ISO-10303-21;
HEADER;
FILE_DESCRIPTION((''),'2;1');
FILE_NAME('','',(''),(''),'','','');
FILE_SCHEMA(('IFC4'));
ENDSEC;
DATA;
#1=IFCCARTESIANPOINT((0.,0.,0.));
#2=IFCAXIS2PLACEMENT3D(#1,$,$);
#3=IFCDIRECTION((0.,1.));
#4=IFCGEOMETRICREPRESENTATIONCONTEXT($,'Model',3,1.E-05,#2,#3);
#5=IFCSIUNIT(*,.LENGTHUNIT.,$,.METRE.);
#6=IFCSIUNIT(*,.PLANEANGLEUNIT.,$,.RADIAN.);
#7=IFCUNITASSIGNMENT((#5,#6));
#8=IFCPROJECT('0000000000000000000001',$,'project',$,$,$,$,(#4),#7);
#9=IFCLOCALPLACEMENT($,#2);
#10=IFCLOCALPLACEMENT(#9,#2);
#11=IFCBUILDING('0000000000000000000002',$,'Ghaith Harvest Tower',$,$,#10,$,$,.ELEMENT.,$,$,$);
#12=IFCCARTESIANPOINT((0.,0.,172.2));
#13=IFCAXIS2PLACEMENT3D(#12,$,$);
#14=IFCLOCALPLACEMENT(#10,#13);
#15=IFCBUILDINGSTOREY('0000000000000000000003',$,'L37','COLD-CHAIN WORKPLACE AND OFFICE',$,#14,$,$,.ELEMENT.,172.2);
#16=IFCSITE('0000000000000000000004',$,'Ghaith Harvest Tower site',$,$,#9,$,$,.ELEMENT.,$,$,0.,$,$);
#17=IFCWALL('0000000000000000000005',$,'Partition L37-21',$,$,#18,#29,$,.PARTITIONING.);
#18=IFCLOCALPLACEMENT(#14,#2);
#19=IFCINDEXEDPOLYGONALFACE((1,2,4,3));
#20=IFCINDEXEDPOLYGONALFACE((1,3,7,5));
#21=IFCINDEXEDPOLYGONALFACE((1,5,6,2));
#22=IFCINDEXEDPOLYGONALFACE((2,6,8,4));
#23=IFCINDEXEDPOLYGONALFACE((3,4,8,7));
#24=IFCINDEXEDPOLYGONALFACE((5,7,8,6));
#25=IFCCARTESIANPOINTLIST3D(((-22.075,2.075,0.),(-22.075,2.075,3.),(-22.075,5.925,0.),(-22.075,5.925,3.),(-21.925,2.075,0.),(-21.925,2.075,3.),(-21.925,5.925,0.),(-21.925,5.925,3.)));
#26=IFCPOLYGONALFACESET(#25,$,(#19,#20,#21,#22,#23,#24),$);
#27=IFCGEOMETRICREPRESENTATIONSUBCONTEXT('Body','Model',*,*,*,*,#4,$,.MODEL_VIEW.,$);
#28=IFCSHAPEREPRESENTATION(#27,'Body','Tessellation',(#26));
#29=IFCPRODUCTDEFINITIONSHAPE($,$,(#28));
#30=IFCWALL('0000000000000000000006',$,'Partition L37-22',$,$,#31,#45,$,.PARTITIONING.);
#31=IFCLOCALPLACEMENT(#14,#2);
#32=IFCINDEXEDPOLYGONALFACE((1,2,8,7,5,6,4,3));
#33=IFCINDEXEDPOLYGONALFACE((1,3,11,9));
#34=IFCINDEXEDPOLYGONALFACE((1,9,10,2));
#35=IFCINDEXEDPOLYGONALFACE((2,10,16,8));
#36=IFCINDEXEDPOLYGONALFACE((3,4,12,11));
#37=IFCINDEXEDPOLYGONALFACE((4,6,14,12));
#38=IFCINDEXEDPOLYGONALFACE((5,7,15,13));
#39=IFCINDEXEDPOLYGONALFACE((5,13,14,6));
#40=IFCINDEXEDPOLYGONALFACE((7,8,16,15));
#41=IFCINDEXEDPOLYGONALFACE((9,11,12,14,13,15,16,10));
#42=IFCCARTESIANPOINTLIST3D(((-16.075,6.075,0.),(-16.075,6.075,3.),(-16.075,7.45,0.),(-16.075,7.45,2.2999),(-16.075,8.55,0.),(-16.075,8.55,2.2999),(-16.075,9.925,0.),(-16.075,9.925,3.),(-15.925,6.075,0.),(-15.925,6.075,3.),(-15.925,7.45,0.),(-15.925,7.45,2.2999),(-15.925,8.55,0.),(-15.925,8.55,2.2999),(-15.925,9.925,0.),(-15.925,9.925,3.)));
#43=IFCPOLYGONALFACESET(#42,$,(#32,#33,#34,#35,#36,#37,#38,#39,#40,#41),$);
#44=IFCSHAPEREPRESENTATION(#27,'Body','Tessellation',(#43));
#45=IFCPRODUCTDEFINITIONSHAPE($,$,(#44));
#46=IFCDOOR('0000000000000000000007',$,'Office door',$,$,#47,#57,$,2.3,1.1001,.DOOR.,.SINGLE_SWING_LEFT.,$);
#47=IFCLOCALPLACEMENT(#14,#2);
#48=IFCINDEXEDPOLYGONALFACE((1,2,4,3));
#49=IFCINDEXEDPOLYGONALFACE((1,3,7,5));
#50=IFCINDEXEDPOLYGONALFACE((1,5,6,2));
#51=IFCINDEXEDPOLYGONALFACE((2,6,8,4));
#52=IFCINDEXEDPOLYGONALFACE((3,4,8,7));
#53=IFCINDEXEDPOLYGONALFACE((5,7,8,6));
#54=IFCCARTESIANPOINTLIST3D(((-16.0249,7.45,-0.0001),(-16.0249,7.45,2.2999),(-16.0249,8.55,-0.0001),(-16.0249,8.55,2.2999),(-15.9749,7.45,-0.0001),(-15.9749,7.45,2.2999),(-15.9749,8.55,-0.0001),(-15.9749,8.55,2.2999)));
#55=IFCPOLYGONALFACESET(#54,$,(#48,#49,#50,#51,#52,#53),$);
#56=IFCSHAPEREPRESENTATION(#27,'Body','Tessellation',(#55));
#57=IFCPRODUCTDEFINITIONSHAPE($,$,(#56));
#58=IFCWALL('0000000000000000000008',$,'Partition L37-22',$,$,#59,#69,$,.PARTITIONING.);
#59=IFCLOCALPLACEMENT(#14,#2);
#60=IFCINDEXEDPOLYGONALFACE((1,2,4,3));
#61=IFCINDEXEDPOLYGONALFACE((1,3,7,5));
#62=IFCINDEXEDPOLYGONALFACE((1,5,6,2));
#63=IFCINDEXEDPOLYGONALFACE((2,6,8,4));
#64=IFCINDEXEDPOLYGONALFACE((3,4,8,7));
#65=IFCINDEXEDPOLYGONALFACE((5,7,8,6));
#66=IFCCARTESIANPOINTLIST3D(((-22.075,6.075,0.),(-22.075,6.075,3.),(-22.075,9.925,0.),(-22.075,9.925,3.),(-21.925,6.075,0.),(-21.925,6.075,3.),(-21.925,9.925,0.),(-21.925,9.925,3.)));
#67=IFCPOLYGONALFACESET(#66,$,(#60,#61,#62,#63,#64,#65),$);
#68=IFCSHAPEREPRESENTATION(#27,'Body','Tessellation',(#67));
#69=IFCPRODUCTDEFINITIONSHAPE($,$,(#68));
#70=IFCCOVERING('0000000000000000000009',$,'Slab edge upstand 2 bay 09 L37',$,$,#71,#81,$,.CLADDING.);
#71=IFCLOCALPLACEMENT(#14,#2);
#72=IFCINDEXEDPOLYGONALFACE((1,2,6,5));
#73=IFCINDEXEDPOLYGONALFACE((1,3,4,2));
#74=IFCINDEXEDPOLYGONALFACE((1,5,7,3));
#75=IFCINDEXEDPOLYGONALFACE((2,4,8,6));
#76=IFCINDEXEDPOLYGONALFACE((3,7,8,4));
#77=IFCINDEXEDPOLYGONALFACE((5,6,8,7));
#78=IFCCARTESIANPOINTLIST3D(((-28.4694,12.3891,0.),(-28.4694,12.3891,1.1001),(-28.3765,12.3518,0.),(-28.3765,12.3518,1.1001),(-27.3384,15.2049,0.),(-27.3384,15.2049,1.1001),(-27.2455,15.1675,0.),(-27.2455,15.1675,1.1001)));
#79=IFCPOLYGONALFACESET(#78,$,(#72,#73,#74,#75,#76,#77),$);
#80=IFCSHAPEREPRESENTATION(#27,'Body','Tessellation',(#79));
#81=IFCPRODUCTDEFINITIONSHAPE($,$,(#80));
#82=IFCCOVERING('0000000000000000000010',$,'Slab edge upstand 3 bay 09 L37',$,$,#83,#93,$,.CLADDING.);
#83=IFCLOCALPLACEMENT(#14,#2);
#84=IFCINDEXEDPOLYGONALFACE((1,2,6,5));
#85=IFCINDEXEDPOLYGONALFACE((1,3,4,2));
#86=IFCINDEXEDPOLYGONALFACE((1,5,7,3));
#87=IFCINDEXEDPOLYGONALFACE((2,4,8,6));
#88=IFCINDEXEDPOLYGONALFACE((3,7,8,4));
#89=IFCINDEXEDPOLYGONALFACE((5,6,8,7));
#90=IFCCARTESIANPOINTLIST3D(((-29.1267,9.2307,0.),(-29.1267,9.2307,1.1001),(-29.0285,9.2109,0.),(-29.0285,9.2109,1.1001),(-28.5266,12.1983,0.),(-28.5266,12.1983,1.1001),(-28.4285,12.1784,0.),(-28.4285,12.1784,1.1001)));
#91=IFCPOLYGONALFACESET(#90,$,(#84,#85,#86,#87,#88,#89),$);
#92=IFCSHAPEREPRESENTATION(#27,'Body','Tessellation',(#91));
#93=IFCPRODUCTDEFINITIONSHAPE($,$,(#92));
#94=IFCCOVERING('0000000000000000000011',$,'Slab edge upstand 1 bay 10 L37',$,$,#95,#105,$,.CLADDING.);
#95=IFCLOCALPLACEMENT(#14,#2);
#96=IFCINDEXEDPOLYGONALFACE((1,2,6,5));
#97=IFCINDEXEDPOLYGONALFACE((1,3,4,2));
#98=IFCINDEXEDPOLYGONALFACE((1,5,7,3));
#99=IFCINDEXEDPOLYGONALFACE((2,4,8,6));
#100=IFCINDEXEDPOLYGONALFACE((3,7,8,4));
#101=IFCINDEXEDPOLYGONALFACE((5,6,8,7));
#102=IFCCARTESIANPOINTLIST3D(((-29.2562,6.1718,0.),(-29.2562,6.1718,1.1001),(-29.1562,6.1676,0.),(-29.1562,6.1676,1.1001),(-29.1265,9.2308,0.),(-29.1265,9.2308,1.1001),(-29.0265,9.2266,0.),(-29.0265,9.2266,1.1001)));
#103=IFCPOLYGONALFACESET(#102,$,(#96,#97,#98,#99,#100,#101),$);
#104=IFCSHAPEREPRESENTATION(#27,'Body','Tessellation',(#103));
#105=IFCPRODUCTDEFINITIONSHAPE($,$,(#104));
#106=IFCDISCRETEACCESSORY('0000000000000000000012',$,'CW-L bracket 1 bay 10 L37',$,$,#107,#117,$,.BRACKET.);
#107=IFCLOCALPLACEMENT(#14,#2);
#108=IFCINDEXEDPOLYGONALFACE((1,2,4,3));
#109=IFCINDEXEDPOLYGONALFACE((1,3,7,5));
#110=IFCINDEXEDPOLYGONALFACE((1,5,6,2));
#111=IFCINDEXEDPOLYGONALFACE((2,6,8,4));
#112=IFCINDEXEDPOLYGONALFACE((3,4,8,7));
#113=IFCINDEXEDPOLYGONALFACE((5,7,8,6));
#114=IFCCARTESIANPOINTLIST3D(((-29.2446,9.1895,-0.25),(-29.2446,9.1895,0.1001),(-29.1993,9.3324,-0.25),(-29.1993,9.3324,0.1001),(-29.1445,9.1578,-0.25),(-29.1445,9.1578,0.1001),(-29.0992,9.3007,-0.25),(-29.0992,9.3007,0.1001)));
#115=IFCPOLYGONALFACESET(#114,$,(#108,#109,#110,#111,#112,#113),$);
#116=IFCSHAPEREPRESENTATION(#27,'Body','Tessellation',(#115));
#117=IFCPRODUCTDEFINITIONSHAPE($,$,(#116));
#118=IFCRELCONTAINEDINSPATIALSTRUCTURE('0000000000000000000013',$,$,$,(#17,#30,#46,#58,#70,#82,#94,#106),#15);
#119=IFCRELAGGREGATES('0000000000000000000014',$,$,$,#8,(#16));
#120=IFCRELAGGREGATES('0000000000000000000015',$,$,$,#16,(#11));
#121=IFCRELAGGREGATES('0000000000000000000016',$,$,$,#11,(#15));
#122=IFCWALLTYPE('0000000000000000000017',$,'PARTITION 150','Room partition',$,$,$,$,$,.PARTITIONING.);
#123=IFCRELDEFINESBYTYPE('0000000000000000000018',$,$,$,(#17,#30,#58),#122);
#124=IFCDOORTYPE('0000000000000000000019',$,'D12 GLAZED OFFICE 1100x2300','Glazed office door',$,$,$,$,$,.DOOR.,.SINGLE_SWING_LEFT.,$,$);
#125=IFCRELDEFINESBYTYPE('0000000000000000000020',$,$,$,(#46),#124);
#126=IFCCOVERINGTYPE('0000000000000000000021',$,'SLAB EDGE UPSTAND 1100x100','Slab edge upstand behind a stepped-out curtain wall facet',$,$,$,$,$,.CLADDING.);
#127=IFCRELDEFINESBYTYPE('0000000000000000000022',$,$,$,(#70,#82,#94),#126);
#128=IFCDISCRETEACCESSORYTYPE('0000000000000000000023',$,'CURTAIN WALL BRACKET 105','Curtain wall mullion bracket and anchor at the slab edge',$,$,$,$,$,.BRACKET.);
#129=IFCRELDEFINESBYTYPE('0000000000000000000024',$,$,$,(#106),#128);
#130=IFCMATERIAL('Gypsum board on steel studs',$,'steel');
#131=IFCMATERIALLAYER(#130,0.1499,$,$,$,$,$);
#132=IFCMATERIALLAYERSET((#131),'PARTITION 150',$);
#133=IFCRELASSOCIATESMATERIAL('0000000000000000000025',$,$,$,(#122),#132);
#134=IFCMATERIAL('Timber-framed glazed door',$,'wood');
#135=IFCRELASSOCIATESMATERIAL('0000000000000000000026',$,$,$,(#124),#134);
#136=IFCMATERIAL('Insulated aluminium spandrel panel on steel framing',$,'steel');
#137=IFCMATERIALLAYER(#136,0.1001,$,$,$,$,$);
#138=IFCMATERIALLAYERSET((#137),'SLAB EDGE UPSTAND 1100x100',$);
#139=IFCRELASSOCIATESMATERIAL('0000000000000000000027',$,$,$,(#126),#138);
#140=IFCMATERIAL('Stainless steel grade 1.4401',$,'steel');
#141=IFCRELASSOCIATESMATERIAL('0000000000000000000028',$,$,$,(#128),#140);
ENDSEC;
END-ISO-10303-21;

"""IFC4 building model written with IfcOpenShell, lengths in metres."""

from ifc_helpers import new_model, si_unit, direction, frame, frame_2d, origin, origin_2d, place, context, subcontext, project, spatial, rectangle, extrude, material, layer, layer_set, type_object, element, fill, save


model = new_model("IFC4")

# Units and contexts
model_context = context("Model", 3, precision=1e-05, world=origin(), true_north=direction((0.0, 1.0)))
body_context = subcontext(model_context, "Body", "Model", "MODEL_VIEW")
ifc_project = project(units=[si_unit("LENGTHUNIT", "METRE"), si_unit("PLANEANGLEUNIT", "RADIAN")], contexts=[model_context])

# Site, building, storey
site_placement = place(None, origin())
site = spatial("IfcSite", under=ifc_project, at=site_placement, Name="Ghaith Harvest Tower site", CompositionType="ELEMENT", RefElevation=0.0)
building_placement = place(site_placement, origin())
building = spatial("IfcBuilding", under=site, at=building_placement, Name="Ghaith Harvest Tower", CompositionType="ELEMENT")
storey_placement = place(building_placement, frame((0.0, 0.0, 172.2)))
storey = spatial("IfcBuildingStorey", under=building, at=storey_placement, Name="L37", Description="COLD-CHAIN WORKPLACE AND OFFICE", CompositionType="ELEMENT", Elevation=172.2)

# Shared definitions
ifc_material_1 = material(Name="Gypsum board on steel studs", Category="steel")
ifc_layer_1 = layer(ifc_material_1, 0.1499)
ifc_layer_set_1 = layer_set([ifc_layer_1], Name="PARTITION 150")
wall_type = type_object("IfcWallType", Name="PARTITION 150", Description="Room partition", PredefinedType="PARTITIONING", material=ifc_layer_set_1)

# Shared definitions
ifc_material_2 = material(Name="Timber-framed glazed door", Category="wood")
door_type = type_object("IfcDoorType", Name="D12 GLAZED OFFICE 1100x2300", Description="Glazed office door", OperationType="SINGLE_SWING_LEFT", PredefinedType="DOOR", material=ifc_material_2)

# Wall
wall_1_placement = place(storey_placement, frame((-22.0, 2.075, 0.0), z_axis=(0.0, 0.0, 1.0), x_axis=(0.0, 1.0, 0.0)))
element("IfcWall", 1, at=wall_1_placement, inside=storey, type_object=wall_type, Name="Partition L37-21", PredefinedType="PARTITIONING", context=body_context, shape_type="SweptSolid", body=[
    extrude(rectangle(XDim=3.8501, YDim=0.1499, at=frame_2d((1.925, 0.0))), origin(), (0.0, 0.0, 1.0), 3.0),
])

# Wall, opening, door
wall_2_placement = place(storey_placement, frame((-16.0, 6.075, 0.0), z_axis=(0.0, 0.0, 1.0), x_axis=(0.0, 1.0, 0.0)))
wall_2 = element("IfcWall", 2, at=wall_2_placement, inside=storey, type_object=wall_type, Name="Partition L37-22", PredefinedType="PARTITIONING", context=body_context, shape_type="SweptSolid", body=[
    extrude(rectangle(XDim=3.8501, YDim=0.1499, at=frame_2d((1.925, 0.0))), origin(), (0.0, 0.0, 1.0), 3.0),
])
opening_1_placement = place(wall_2_placement, frame((1.375, 0.0, 0.0)))
opening_1 = element("IfcOpeningElement", 3, at=opening_1_placement, cuts=wall_2, PredefinedType="OPENING", context=body_context, shape_type="SweptSolid", body=[
    extrude(rectangle(XDim=1.1001, YDim=2.3, at=frame_2d((0.55, 1.1499))), frame((0.0, 0.085, 0.0), z_axis=(0.0, -1.0, 0.0), x_axis=(1.0, 0.0, 0.0)), (0.0, 0.0, 1.0), 0.1699),
])
door_1_placement = place(opening_1_placement, origin())
door_1 = element("IfcDoor", 4, at=door_1_placement, inside=storey, type_object=door_type, Name="Office door", OperationType="SINGLE_SWING_LEFT", OverallHeight=2.3, OverallWidth=1.1001, PredefinedType="DOOR", context=body_context, shape_type="SweptSolid", body=[
    extrude(rectangle(XDim=1.1001, YDim=2.3, at=frame_2d((0.55, 1.1499))), frame((0.0, 0.0249, 0.0), z_axis=(0.0, -1.0, 0.0), x_axis=(1.0, 0.0, 0.0)), (0.0, 0.0, 1.0), 0.05),
])
fill(opening_1, door_1)

# Wall
wall_3_placement = place(storey_placement, frame((-22.0, 6.075, 0.0), z_axis=(0.0, 0.0, 1.0), x_axis=(0.0, 1.0, 0.0)))
element("IfcWall", 5, at=wall_3_placement, inside=storey, type_object=wall_type, Name="Partition L37-22", PredefinedType="PARTITIONING", context=body_context, shape_type="SweptSolid", body=[
    extrude(rectangle(XDim=3.8501, YDim=0.1499, at=frame_2d((1.925, 0.0))), origin(), (0.0, 0.0, 1.0), 3.0),
])

# Coverings
ifc_material_3 = material(Name="Insulated aluminium spandrel panel on steel framing", Category="steel")
ifc_layer_2 = layer(ifc_material_3, 0.1001)
ifc_layer_set_2 = layer_set([ifc_layer_2], Name="SLAB EDGE UPSTAND 1100x100")
covering_type = type_object("IfcCoveringType", Name="SLAB EDGE UPSTAND 1100x100", Description="Slab edge upstand behind a stepped-out curtain wall facet", PredefinedType="CLADDING", material=ifc_layer_set_2)
covering_1_placement = place(storey_placement, frame((-27.8574, 13.7783, 0.0), z_axis=(0.0, 0.0, 1.0), x_axis=(-0.372732, -0.927939, 0.0)))
element("IfcCovering", 6, at=covering_1_placement, inside=storey, type_object=covering_type, Name="Slab edge upstand 2 bay 09 L37", PredefinedType="CLADDING", context=body_context, shape_type="SweptSolid", body=[
    extrude(rectangle(XDim=3.0344, YDim=0.1001, at=origin_2d()), origin(), (0.0, 0.0, 1.0), 1.1001),
])
covering_2_placement = place(storey_placement, frame((-28.7776, 10.7046, 0.0), z_axis=(0.0, 0.0, 1.0), x_axis=(-0.198183, -0.980165, 0.0)))
element("IfcCovering", 7, at=covering_2_placement, inside=storey, type_object=covering_type, Name="Slab edge upstand 3 bay 09 L37", PredefinedType="CLADDING", context=body_context, shape_type="SweptSolid", body=[
    extrude(rectangle(XDim=3.0276, YDim=0.1001, at=origin_2d()), origin(), (0.0, 0.0, 1.0), 1.1001),
])
covering_3_placement = place(storey_placement, frame((-29.1414, 7.6992, 0.0), z_axis=(0.0, 0.0, 1.0), x_axis=(-0.042373, -0.999102, 0.0)))
element("IfcCovering", 8, at=covering_3_placement, inside=storey, type_object=covering_type, Name="Slab edge upstand 1 bay 10 L37", PredefinedType="CLADDING", context=body_context, shape_type="SweptSolid", body=[
    extrude(rectangle(XDim=3.0618, YDim=0.1001, at=origin_2d()), origin(), (0.0, 0.0, 1.0), 1.1001),
])

# Discrete accessory
ifc_material_4 = material(Name="Stainless steel grade 1.4401", Category="steel")
discrete_accessory_type = type_object("IfcDiscreteAccessoryType", Name="CURTAIN WALL BRACKET 105", Description="Curtain wall mullion bracket and anchor at the slab edge", PredefinedType="BRACKET", material=ifc_material_4)
discrete_accessory_placement = place(storey_placement, frame((-29.1719, 9.2451, -0.25), z_axis=(0.0, 0.0, 1.0), x_axis=(-0.953273, 0.30211, 0.0)))
element("IfcDiscreteAccessory", 9, at=discrete_accessory_placement, inside=storey, type_object=discrete_accessory_type, Name="CW-L bracket 1 bay 10 L37", PredefinedType="BRACKET", context=body_context, shape_type="SweptSolid", body=[
    extrude(rectangle(XDim=0.105, YDim=0.1499, at=origin_2d()), origin(), (0.0, 0.0, 1.0), 0.3501),
])

save(model, "model.ifc")
